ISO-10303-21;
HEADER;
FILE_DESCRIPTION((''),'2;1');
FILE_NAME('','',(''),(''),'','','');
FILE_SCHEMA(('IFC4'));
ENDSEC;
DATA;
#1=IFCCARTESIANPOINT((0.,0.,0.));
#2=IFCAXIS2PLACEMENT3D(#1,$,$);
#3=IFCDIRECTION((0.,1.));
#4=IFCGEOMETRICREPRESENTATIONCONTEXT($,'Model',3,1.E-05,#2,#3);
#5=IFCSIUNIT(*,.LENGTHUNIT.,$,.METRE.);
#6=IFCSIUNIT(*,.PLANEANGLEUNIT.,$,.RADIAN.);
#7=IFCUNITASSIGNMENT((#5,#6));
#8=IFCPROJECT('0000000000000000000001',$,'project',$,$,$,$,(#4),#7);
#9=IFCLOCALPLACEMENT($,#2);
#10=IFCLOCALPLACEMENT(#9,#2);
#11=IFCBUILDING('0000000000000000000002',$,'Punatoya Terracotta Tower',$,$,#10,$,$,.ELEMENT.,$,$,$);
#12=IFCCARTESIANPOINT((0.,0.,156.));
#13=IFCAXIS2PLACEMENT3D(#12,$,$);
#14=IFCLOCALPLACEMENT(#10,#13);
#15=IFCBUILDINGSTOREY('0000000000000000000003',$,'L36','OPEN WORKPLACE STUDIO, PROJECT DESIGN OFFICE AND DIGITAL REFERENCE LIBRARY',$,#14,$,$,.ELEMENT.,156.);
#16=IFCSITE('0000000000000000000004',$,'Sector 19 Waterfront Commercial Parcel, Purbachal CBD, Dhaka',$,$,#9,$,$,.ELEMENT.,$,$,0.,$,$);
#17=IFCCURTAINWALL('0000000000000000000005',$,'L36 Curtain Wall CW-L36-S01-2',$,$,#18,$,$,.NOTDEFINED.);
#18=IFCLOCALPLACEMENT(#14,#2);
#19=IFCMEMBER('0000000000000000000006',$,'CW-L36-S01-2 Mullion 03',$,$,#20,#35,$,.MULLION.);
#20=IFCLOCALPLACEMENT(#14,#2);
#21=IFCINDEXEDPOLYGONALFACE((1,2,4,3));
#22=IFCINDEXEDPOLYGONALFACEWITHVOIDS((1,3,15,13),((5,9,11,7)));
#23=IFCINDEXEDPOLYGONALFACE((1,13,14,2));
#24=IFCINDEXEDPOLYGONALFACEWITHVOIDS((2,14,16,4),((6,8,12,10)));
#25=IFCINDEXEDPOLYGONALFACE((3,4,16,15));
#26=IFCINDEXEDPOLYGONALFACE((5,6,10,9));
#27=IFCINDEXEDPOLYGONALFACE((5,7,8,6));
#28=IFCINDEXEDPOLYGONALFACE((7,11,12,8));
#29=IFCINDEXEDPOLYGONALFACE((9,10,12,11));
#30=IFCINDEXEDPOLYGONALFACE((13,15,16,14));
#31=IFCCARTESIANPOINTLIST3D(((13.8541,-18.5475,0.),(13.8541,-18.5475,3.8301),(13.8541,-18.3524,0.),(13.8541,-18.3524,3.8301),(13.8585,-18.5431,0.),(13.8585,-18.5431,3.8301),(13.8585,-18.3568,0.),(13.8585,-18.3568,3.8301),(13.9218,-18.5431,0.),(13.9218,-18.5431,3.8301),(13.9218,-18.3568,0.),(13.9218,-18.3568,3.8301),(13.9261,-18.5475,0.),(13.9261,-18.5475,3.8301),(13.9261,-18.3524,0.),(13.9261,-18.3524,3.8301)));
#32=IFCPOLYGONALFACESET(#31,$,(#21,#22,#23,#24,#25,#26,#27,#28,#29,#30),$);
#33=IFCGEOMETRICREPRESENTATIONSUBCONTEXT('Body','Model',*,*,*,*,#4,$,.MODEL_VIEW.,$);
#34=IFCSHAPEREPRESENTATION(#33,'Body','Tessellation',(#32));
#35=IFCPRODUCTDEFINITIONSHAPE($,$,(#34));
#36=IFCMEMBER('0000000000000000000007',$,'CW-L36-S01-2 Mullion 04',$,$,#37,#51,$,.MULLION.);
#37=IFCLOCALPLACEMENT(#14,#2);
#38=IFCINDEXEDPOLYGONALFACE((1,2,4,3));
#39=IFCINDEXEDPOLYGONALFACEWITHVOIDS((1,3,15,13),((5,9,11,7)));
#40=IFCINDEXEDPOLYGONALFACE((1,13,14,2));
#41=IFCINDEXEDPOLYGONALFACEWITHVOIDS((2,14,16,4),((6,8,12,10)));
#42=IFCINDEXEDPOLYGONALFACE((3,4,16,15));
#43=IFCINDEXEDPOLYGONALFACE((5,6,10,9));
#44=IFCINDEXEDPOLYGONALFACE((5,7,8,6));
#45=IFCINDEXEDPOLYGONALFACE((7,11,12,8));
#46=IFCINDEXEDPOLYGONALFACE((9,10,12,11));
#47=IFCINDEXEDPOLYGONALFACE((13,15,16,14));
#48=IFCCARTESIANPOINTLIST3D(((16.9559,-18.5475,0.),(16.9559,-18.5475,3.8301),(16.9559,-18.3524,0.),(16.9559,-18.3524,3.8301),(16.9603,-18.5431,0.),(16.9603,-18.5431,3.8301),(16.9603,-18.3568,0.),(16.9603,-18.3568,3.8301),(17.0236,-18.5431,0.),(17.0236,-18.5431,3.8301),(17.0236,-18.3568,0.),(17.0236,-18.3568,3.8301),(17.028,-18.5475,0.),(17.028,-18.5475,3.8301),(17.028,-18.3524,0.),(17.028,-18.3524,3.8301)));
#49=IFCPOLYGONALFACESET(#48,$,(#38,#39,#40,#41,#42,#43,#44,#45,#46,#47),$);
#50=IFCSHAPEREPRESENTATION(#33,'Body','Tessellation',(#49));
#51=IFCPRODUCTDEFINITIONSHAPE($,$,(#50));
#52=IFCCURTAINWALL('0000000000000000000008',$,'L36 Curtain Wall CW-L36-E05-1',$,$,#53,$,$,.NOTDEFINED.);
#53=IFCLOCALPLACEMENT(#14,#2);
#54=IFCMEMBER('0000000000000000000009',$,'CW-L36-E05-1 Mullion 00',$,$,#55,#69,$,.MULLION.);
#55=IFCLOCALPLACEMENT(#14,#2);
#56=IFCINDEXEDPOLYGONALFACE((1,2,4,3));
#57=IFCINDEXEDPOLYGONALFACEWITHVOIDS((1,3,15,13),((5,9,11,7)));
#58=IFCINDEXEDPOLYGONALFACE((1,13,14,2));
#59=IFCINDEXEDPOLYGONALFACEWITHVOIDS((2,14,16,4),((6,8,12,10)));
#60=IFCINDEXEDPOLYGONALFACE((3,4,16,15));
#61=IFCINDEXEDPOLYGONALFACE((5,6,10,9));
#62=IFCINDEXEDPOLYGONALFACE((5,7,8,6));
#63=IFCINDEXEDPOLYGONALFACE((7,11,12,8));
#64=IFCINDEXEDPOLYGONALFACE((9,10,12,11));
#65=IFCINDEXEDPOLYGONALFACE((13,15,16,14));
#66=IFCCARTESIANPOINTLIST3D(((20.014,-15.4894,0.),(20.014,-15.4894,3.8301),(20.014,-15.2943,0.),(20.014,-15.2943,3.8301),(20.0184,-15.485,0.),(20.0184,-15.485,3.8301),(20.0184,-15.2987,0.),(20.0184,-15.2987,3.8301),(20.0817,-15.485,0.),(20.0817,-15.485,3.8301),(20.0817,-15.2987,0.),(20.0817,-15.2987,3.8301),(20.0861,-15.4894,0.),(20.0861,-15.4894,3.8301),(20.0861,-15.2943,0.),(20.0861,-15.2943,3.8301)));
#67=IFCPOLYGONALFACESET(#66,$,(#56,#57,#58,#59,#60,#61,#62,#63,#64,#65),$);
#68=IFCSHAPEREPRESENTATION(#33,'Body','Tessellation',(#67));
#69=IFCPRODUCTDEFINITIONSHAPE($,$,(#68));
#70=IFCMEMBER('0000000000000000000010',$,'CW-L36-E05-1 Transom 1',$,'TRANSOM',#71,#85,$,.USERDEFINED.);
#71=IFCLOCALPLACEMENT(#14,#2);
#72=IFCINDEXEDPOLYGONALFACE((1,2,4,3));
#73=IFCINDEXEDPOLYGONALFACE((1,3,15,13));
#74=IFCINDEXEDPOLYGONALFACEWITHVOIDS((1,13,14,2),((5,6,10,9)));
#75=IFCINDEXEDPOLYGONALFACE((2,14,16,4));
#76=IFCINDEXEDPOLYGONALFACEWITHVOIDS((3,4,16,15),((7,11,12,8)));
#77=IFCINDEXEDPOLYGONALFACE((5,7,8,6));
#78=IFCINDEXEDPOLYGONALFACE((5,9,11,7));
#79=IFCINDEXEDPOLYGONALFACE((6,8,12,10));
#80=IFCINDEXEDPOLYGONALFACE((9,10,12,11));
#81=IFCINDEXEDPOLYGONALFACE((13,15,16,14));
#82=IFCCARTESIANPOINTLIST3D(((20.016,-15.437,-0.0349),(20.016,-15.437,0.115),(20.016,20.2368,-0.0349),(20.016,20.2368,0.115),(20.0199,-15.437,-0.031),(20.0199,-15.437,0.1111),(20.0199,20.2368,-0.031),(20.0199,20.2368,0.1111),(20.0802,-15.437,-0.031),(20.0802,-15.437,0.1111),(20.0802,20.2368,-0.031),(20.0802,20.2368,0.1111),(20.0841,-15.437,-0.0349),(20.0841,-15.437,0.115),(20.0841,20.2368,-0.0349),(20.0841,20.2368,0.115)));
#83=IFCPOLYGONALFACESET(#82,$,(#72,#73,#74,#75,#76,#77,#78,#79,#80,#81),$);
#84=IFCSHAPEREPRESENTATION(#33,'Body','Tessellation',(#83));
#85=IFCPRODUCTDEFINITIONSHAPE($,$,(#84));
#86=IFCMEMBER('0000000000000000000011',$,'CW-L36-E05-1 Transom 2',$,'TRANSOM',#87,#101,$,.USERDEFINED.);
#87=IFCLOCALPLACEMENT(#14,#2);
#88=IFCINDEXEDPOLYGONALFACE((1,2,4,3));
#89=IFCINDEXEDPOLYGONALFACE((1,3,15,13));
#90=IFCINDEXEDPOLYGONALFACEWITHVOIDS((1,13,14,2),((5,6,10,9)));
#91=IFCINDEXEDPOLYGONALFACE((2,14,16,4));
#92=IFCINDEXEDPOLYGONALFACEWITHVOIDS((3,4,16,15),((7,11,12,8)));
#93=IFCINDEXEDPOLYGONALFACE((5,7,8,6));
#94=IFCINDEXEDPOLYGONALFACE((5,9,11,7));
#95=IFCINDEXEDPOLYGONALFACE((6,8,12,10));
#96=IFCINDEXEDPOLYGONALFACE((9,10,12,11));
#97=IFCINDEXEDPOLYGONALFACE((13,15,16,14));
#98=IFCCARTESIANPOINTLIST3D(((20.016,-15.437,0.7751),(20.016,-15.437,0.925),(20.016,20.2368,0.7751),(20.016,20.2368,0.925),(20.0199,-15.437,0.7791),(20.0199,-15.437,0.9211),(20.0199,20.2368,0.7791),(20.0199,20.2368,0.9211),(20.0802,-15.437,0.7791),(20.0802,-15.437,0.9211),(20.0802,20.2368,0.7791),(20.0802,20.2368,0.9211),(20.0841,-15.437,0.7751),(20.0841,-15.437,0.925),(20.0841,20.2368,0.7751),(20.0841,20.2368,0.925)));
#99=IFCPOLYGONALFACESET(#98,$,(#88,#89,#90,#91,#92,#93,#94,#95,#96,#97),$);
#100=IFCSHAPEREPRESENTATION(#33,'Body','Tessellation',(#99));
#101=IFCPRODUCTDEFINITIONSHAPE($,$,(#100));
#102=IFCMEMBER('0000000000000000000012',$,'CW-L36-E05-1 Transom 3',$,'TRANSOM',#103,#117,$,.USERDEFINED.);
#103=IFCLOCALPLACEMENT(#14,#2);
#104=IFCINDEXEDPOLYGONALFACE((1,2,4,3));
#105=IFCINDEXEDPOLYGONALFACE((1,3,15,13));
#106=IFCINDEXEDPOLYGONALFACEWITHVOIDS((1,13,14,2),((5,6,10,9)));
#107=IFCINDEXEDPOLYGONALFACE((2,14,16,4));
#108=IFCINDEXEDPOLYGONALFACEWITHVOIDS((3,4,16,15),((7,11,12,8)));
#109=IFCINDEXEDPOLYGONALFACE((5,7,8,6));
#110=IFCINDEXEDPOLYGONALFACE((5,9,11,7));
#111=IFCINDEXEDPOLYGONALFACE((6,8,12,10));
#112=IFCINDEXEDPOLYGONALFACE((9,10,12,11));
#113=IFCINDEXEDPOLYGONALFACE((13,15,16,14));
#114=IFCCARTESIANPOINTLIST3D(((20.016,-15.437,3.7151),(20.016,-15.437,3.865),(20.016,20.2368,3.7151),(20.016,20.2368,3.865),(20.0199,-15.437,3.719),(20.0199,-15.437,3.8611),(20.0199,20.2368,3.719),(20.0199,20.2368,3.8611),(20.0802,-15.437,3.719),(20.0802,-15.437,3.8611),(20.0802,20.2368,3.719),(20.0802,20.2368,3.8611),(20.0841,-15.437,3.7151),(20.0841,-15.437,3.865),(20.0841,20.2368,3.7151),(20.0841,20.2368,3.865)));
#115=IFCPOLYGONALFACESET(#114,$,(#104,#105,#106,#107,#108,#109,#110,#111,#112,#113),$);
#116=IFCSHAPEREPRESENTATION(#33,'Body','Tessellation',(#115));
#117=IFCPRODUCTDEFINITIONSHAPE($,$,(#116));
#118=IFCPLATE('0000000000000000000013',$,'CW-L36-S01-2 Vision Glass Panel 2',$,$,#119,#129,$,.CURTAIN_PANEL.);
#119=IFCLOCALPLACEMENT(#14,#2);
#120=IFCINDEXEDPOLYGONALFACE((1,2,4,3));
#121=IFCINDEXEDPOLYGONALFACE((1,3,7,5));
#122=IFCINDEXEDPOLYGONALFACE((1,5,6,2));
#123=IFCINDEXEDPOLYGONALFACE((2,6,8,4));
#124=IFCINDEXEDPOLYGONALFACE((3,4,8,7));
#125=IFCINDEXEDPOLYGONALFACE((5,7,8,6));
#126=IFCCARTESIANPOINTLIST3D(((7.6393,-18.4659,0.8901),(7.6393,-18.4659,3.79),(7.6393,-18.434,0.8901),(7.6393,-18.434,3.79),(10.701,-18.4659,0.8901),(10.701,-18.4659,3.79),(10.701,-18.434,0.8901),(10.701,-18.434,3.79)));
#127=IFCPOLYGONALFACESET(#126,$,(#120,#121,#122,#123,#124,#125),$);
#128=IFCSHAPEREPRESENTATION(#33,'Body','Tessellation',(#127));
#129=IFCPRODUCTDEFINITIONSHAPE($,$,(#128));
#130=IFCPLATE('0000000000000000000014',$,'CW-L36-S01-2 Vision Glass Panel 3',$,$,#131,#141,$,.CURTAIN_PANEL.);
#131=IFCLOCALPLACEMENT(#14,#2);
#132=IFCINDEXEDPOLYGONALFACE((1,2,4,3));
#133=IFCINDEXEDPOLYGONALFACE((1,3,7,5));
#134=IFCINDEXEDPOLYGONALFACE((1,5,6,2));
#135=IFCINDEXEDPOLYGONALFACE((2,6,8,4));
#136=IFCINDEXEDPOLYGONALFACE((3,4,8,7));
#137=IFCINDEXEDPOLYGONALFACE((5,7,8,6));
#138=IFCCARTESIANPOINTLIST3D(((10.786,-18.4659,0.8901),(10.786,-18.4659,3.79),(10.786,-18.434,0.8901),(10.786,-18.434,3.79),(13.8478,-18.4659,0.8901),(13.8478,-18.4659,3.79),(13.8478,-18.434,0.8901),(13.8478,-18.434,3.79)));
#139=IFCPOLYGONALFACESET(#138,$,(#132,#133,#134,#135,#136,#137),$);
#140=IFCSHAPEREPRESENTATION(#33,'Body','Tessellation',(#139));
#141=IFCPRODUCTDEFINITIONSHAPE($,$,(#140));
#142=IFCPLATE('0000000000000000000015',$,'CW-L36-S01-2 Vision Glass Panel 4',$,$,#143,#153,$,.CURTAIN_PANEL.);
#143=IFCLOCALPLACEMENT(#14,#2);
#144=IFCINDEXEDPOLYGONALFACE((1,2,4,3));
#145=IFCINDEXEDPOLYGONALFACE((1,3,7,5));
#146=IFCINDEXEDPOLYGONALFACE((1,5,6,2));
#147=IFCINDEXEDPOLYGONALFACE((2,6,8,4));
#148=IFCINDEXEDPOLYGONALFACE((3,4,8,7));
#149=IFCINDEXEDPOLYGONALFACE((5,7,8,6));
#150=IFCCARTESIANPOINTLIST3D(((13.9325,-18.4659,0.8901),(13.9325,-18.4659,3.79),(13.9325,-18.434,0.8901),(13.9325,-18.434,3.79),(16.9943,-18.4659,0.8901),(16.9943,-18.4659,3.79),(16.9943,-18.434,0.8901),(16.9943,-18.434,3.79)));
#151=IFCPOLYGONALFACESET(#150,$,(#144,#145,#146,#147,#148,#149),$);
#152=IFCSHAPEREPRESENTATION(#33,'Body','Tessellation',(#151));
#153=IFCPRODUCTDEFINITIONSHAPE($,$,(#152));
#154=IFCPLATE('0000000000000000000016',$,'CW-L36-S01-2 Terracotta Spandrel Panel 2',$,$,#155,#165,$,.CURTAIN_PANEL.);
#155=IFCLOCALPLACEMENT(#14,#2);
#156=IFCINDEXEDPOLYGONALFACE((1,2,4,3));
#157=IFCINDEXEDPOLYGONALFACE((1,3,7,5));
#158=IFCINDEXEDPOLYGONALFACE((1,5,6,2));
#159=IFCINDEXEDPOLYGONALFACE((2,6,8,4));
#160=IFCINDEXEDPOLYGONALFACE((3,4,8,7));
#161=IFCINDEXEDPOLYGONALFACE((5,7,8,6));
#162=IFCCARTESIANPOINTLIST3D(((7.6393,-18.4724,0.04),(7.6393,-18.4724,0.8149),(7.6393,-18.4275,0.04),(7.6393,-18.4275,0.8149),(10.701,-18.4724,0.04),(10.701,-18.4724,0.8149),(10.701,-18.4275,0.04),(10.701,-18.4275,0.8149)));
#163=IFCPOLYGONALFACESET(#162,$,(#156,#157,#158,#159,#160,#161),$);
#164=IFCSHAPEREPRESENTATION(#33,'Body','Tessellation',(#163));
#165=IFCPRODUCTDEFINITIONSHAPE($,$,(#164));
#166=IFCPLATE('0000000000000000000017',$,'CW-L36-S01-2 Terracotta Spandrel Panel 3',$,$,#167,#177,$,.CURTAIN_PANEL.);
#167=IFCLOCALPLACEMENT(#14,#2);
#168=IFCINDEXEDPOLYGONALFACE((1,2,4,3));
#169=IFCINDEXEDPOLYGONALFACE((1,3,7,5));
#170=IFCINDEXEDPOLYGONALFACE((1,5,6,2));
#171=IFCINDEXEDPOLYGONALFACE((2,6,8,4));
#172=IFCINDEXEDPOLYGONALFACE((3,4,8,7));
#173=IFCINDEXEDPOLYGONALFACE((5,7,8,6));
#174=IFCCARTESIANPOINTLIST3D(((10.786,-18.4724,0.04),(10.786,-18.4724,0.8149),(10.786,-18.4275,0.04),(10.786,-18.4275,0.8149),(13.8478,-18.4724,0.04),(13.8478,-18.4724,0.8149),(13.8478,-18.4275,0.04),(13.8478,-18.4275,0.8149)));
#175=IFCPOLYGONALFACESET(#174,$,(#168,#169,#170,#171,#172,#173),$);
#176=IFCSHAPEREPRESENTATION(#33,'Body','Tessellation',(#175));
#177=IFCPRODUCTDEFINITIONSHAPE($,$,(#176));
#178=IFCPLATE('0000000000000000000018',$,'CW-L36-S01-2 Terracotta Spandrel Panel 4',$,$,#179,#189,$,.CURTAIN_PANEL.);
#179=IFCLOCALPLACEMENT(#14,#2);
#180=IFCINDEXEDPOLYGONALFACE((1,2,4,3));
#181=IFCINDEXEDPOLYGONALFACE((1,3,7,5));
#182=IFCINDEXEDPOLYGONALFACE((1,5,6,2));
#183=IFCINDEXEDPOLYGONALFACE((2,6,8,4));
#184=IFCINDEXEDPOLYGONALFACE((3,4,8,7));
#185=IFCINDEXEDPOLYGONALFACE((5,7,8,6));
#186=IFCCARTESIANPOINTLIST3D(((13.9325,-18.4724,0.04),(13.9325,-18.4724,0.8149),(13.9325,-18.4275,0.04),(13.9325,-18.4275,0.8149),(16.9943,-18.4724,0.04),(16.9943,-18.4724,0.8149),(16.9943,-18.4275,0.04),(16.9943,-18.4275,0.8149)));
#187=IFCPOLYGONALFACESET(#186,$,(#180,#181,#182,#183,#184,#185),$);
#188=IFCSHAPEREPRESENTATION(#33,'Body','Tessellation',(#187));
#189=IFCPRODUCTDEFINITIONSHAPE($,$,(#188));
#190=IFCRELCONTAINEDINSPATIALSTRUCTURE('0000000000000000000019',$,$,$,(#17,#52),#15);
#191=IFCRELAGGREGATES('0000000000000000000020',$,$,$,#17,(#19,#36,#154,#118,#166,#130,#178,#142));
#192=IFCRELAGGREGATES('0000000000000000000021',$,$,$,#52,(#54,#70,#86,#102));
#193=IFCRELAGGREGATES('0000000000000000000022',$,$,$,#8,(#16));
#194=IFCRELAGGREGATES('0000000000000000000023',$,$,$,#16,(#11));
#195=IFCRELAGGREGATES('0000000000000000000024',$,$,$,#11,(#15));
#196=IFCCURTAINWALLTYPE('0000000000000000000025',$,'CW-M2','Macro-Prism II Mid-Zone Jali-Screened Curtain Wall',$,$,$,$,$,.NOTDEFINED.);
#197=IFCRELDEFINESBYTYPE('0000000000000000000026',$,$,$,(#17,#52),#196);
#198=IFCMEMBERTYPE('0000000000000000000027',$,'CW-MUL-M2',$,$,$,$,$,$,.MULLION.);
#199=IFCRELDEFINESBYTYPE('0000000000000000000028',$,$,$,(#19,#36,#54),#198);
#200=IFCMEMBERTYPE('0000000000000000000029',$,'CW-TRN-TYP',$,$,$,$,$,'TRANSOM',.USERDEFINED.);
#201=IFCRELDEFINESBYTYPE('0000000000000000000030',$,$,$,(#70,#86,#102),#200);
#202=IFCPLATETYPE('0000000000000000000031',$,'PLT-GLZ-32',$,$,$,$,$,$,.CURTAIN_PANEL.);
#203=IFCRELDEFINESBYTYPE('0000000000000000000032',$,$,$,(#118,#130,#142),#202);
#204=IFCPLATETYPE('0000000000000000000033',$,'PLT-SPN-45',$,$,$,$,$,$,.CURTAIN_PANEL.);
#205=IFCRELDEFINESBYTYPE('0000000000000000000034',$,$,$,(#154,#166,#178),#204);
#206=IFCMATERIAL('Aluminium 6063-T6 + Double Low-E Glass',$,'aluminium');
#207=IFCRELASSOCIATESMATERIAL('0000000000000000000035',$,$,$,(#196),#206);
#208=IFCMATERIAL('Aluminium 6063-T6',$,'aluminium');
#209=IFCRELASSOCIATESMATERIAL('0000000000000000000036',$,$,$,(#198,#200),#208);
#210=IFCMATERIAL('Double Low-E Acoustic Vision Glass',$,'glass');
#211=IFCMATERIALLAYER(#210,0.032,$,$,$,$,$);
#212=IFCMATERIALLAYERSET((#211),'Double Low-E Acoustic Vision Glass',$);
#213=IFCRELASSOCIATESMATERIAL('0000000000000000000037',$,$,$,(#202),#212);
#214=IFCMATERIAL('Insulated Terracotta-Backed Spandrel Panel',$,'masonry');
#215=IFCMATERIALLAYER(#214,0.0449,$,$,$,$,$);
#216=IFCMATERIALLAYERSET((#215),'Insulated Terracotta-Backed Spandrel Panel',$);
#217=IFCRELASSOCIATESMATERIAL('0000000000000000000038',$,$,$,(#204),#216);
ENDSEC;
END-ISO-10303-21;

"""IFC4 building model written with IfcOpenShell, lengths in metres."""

from ifc_helpers import new_model, si_unit, direction, frame, origin, origin_2d, place, context, subcontext, project, spatial, rectangle, hollow_rectangle, extrude, material, layer, layer_set, material_profile, profile_set, type_object, element, aggregate, save


model = new_model("IFC4")

# Units and contexts
model_context = context("Model", 3, precision=1e-05, world=origin(), true_north=direction((0.0, 1.0)))
body_context = subcontext(model_context, "Body", "Model", "MODEL_VIEW")
ifc_project = project(units=[si_unit("LENGTHUNIT", "METRE"), si_unit("PLANEANGLEUNIT", "RADIAN")], contexts=[model_context])

# Site, building, storey
site_placement = place(None, origin())
site = spatial("IfcSite", under=ifc_project, at=site_placement, Name="Sector 19 Waterfront Commercial Parcel, Purbachal CBD, Dhaka", CompositionType="ELEMENT", RefElevation=0.0)
building_placement = place(site_placement, origin())
building = spatial("IfcBuilding", under=site, at=building_placement, Name="Punatoya Terracotta Tower", CompositionType="ELEMENT")
storey_placement = place(building_placement, frame((0.0, 0.0, 156.0)))
storey = spatial("IfcBuildingStorey", under=building, at=storey_placement, Name="L36", Description="OPEN WORKPLACE STUDIO, PROJECT DESIGN OFFICE AND DIGITAL REFERENCE LIBRARY", CompositionType="ELEMENT", Elevation=156.0)

# Curtain walls, members
ifc_material_1 = material(Name="Aluminium 6063-T6 + Double Low-E Glass", Category="aluminium")
curtain_wall_type = type_object("IfcCurtainWallType", Name="CW-M2", Description="Macro-Prism II Mid-Zone Jali-Screened Curtain Wall", PredefinedType="NOTDEFINED", material=ifc_material_1)
curtain_wall_1_placement = place(storey_placement, origin())
curtain_wall_1 = element("IfcCurtainWall", 1, at=curtain_wall_1_placement, inside=storey, type_object=curtain_wall_type, Name="L36 Curtain Wall CW-L36-S01-2", PredefinedType="NOTDEFINED")
ifc_material_2 = material(Name="Aluminium 6063-T6", Category="aluminium")
ifc_material_profile_1 = material_profile(ifc_material_2, hollow_rectangle(XDim=0.072, YDim=0.1951, WallThickness=0.0044, at=origin_2d()))
ifc_profile_set_1 = profile_set([ifc_material_profile_1], Name="Aluminium 6063-T6")
member_type_1 = type_object("IfcMemberType", Name="CW-MUL-M2", PredefinedType="MULLION", material=ifc_profile_set_1)
member_1_placement = place(storey_placement, frame((13.8901, -18.45, 0.0), z_axis=(0.0, 0.0, 1.0), x_axis=(1.0, 0.0, 0.0)))
member_1 = element("IfcMember", 2, at=member_1_placement, type_object=member_type_1, Name="CW-L36-S01-2 Mullion 03", PredefinedType="MULLION", context=body_context, shape_type="SweptSolid", body=[
    extrude(hollow_rectangle(XDim=0.072, YDim=0.1951, WallThickness=0.0044, at=origin_2d()), origin(), (0.0, 0.0, 1.0), 3.8301),
])
member_2_placement = place(storey_placement, frame((16.9919, -18.45, 0.0), z_axis=(0.0, 0.0, 1.0), x_axis=(1.0, 0.0, 0.0)))
member_2 = element("IfcMember", 3, at=member_2_placement, type_object=member_type_1, Name="CW-L36-S01-2 Mullion 04", PredefinedType="MULLION", context=body_context, shape_type="SweptSolid", body=[
    extrude(hollow_rectangle(XDim=0.072, YDim=0.1951, WallThickness=0.0044, at=origin_2d()), origin(), (0.0, 0.0, 1.0), 3.8301),
])
curtain_wall_2_placement = place(storey_placement, origin())
curtain_wall_2 = element("IfcCurtainWall", 4, at=curtain_wall_2_placement, inside=storey, type_object=curtain_wall_type, Name="L36 Curtain Wall CW-L36-E05-1", PredefinedType="NOTDEFINED")
member_3_placement = place(storey_placement, frame((20.05, -15.3918, 0.0), z_axis=(0.0, 0.0, 1.0), x_axis=(1.0, 0.0, 0.0)))
member_3 = element("IfcMember", 5, at=member_3_placement, type_object=member_type_1, Name="CW-L36-E05-1 Mullion 00", PredefinedType="MULLION", context=body_context, shape_type="SweptSolid", body=[
    extrude(hollow_rectangle(XDim=0.072, YDim=0.1951, WallThickness=0.0044, at=origin_2d()), origin(), (0.0, 0.0, 1.0), 3.8301),
])
ifc_material_profile_2 = material_profile(ifc_material_2, hollow_rectangle(XDim=0.0681, YDim=0.1499, WallThickness=0.0039, at=origin_2d()))
ifc_profile_set_2 = profile_set([ifc_material_profile_2], Name="Aluminium 6063-T6")
member_type_2 = type_object("IfcMemberType", Name="CW-TRN-TYP", ElementType="TRANSOM", PredefinedType="USERDEFINED", material=ifc_profile_set_2)
member_4_placement = place(storey_placement, frame((20.05, -15.437, 0.04), z_axis=(0.0, 1.0, 0.0), x_axis=(-1.0, 0.0, 0.0)))
member_4 = element("IfcMember", 6, at=member_4_placement, type_object=member_type_2, Name="CW-L36-E05-1 Transom 1", ObjectType="TRANSOM", PredefinedType="USERDEFINED", context=body_context, shape_type="SweptSolid", body=[
    extrude(hollow_rectangle(XDim=0.0681, YDim=0.1499, WallThickness=0.0039, at=origin_2d()), origin(), (0.0, 0.0, 1.0), 35.6738),
])
member_5_placement = place(storey_placement, frame((20.05, -15.437, 0.8501), z_axis=(0.0, 1.0, 0.0), x_axis=(-1.0, 0.0, 0.0)))
member_5 = element("IfcMember", 7, at=member_5_placement, type_object=member_type_2, Name="CW-L36-E05-1 Transom 2", ObjectType="TRANSOM", PredefinedType="USERDEFINED", context=body_context, shape_type="SweptSolid", body=[
    extrude(hollow_rectangle(XDim=0.0681, YDim=0.1499, WallThickness=0.0039, at=origin_2d()), origin(), (0.0, 0.0, 1.0), 35.6738),
])
member_6_placement = place(storey_placement, frame((20.05, -15.437, 3.79), z_axis=(0.0, 1.0, 0.0), x_axis=(-1.0, 0.0, 0.0)))
member_6 = element("IfcMember", 8, at=member_6_placement, type_object=member_type_2, Name="CW-L36-E05-1 Transom 3", ObjectType="TRANSOM", PredefinedType="USERDEFINED", context=body_context, shape_type="SweptSolid", body=[
    extrude(hollow_rectangle(XDim=0.0681, YDim=0.1499, WallThickness=0.0039, at=origin_2d()), origin(), (0.0, 0.0, 1.0), 35.6738),
])

# Plates
ifc_material_3 = material(Name="Double Low-E Acoustic Vision Glass", Category="glass")
ifc_layer_1 = layer(ifc_material_3, 0.032)
ifc_layer_set_1 = layer_set([ifc_layer_1], Name="Double Low-E Acoustic Vision Glass")
plate_type_1 = type_object("IfcPlateType", Name="PLT-GLZ-32", PredefinedType="CURTAIN_PANEL", material=ifc_layer_set_1)
plate_1_placement = place(storey_placement, frame((9.1702, -18.45, 0.8901), z_axis=(0.0, 0.0, 1.0), x_axis=(1.0, 0.0, 0.0)))
plate_1 = element("IfcPlate", 9, at=plate_1_placement, type_object=plate_type_1, Name="CW-L36-S01-2 Vision Glass Panel 2", PredefinedType="CURTAIN_PANEL", context=body_context, shape_type="SweptSolid", body=[
    extrude(rectangle(XDim=3.0618, YDim=0.032, at=origin_2d()), origin(), (0.0, 0.0, 1.0), 2.8999),
])
plate_2_placement = place(storey_placement, frame((12.3169, -18.45, 0.8901), z_axis=(0.0, 0.0, 1.0), x_axis=(1.0, 0.0, 0.0)))
plate_2 = element("IfcPlate", 10, at=plate_2_placement, type_object=plate_type_1, Name="CW-L36-S01-2 Vision Glass Panel 3", PredefinedType="CURTAIN_PANEL", context=body_context, shape_type="SweptSolid", body=[
    extrude(rectangle(XDim=3.0618, YDim=0.032, at=origin_2d()), origin(), (0.0, 0.0, 1.0), 2.8999),
])
plate_3_placement = place(storey_placement, frame((15.4634, -18.45, 0.8901), z_axis=(0.0, 0.0, 1.0), x_axis=(1.0, 0.0, 0.0)))
plate_3 = element("IfcPlate", 11, at=plate_3_placement, type_object=plate_type_1, Name="CW-L36-S01-2 Vision Glass Panel 4", PredefinedType="CURTAIN_PANEL", context=body_context, shape_type="SweptSolid", body=[
    extrude(rectangle(XDim=3.0618, YDim=0.032, at=origin_2d()), origin(), (0.0, 0.0, 1.0), 2.8999),
])
ifc_material_4 = material(Name="Insulated Terracotta-Backed Spandrel Panel", Category="masonry")
ifc_layer_2 = layer(ifc_material_4, 0.0449)
ifc_layer_set_2 = layer_set([ifc_layer_2], Name="Insulated Terracotta-Backed Spandrel Panel")
plate_type_2 = type_object("IfcPlateType", Name="PLT-SPN-45", PredefinedType="CURTAIN_PANEL", material=ifc_layer_set_2)
plate_4_placement = place(storey_placement, frame((9.1702, -18.45, 0.04), z_axis=(0.0, 0.0, 1.0), x_axis=(1.0, 0.0, 0.0)))
plate_4 = element("IfcPlate", 12, at=plate_4_placement, type_object=plate_type_2, Name="CW-L36-S01-2 Terracotta Spandrel Panel 2", PredefinedType="CURTAIN_PANEL", context=body_context, shape_type="SweptSolid", body=[
    extrude(rectangle(XDim=3.0618, YDim=0.0449, at=origin_2d()), origin(), (0.0, 0.0, 1.0), 0.7749),
])
plate_5_placement = place(storey_placement, frame((12.3169, -18.45, 0.04), z_axis=(0.0, 0.0, 1.0), x_axis=(1.0, 0.0, 0.0)))
plate_5 = element("IfcPlate", 13, at=plate_5_placement, type_object=plate_type_2, Name="CW-L36-S01-2 Terracotta Spandrel Panel 3", PredefinedType="CURTAIN_PANEL", context=body_context, shape_type="SweptSolid", body=[
    extrude(rectangle(XDim=3.0618, YDim=0.0449, at=origin_2d()), origin(), (0.0, 0.0, 1.0), 0.7749),
])
plate_6_placement = place(storey_placement, frame((15.4634, -18.45, 0.04), z_axis=(0.0, 0.0, 1.0), x_axis=(1.0, 0.0, 0.0)))
plate_6 = element("IfcPlate", 14, at=plate_6_placement, type_object=plate_type_2, Name="CW-L36-S01-2 Terracotta Spandrel Panel 4", PredefinedType="CURTAIN_PANEL", context=body_context, shape_type="SweptSolid", body=[
    extrude(rectangle(XDim=3.0618, YDim=0.0449, at=origin_2d()), origin(), (0.0, 0.0, 1.0), 0.7749),
])
aggregate(curtain_wall_1, [member_1, member_2, plate_4, plate_1, plate_5, plate_2, plate_6, plate_3])
aggregate(curtain_wall_2, [member_3, member_4, member_5, member_6])

save(model, "model.ifc")
